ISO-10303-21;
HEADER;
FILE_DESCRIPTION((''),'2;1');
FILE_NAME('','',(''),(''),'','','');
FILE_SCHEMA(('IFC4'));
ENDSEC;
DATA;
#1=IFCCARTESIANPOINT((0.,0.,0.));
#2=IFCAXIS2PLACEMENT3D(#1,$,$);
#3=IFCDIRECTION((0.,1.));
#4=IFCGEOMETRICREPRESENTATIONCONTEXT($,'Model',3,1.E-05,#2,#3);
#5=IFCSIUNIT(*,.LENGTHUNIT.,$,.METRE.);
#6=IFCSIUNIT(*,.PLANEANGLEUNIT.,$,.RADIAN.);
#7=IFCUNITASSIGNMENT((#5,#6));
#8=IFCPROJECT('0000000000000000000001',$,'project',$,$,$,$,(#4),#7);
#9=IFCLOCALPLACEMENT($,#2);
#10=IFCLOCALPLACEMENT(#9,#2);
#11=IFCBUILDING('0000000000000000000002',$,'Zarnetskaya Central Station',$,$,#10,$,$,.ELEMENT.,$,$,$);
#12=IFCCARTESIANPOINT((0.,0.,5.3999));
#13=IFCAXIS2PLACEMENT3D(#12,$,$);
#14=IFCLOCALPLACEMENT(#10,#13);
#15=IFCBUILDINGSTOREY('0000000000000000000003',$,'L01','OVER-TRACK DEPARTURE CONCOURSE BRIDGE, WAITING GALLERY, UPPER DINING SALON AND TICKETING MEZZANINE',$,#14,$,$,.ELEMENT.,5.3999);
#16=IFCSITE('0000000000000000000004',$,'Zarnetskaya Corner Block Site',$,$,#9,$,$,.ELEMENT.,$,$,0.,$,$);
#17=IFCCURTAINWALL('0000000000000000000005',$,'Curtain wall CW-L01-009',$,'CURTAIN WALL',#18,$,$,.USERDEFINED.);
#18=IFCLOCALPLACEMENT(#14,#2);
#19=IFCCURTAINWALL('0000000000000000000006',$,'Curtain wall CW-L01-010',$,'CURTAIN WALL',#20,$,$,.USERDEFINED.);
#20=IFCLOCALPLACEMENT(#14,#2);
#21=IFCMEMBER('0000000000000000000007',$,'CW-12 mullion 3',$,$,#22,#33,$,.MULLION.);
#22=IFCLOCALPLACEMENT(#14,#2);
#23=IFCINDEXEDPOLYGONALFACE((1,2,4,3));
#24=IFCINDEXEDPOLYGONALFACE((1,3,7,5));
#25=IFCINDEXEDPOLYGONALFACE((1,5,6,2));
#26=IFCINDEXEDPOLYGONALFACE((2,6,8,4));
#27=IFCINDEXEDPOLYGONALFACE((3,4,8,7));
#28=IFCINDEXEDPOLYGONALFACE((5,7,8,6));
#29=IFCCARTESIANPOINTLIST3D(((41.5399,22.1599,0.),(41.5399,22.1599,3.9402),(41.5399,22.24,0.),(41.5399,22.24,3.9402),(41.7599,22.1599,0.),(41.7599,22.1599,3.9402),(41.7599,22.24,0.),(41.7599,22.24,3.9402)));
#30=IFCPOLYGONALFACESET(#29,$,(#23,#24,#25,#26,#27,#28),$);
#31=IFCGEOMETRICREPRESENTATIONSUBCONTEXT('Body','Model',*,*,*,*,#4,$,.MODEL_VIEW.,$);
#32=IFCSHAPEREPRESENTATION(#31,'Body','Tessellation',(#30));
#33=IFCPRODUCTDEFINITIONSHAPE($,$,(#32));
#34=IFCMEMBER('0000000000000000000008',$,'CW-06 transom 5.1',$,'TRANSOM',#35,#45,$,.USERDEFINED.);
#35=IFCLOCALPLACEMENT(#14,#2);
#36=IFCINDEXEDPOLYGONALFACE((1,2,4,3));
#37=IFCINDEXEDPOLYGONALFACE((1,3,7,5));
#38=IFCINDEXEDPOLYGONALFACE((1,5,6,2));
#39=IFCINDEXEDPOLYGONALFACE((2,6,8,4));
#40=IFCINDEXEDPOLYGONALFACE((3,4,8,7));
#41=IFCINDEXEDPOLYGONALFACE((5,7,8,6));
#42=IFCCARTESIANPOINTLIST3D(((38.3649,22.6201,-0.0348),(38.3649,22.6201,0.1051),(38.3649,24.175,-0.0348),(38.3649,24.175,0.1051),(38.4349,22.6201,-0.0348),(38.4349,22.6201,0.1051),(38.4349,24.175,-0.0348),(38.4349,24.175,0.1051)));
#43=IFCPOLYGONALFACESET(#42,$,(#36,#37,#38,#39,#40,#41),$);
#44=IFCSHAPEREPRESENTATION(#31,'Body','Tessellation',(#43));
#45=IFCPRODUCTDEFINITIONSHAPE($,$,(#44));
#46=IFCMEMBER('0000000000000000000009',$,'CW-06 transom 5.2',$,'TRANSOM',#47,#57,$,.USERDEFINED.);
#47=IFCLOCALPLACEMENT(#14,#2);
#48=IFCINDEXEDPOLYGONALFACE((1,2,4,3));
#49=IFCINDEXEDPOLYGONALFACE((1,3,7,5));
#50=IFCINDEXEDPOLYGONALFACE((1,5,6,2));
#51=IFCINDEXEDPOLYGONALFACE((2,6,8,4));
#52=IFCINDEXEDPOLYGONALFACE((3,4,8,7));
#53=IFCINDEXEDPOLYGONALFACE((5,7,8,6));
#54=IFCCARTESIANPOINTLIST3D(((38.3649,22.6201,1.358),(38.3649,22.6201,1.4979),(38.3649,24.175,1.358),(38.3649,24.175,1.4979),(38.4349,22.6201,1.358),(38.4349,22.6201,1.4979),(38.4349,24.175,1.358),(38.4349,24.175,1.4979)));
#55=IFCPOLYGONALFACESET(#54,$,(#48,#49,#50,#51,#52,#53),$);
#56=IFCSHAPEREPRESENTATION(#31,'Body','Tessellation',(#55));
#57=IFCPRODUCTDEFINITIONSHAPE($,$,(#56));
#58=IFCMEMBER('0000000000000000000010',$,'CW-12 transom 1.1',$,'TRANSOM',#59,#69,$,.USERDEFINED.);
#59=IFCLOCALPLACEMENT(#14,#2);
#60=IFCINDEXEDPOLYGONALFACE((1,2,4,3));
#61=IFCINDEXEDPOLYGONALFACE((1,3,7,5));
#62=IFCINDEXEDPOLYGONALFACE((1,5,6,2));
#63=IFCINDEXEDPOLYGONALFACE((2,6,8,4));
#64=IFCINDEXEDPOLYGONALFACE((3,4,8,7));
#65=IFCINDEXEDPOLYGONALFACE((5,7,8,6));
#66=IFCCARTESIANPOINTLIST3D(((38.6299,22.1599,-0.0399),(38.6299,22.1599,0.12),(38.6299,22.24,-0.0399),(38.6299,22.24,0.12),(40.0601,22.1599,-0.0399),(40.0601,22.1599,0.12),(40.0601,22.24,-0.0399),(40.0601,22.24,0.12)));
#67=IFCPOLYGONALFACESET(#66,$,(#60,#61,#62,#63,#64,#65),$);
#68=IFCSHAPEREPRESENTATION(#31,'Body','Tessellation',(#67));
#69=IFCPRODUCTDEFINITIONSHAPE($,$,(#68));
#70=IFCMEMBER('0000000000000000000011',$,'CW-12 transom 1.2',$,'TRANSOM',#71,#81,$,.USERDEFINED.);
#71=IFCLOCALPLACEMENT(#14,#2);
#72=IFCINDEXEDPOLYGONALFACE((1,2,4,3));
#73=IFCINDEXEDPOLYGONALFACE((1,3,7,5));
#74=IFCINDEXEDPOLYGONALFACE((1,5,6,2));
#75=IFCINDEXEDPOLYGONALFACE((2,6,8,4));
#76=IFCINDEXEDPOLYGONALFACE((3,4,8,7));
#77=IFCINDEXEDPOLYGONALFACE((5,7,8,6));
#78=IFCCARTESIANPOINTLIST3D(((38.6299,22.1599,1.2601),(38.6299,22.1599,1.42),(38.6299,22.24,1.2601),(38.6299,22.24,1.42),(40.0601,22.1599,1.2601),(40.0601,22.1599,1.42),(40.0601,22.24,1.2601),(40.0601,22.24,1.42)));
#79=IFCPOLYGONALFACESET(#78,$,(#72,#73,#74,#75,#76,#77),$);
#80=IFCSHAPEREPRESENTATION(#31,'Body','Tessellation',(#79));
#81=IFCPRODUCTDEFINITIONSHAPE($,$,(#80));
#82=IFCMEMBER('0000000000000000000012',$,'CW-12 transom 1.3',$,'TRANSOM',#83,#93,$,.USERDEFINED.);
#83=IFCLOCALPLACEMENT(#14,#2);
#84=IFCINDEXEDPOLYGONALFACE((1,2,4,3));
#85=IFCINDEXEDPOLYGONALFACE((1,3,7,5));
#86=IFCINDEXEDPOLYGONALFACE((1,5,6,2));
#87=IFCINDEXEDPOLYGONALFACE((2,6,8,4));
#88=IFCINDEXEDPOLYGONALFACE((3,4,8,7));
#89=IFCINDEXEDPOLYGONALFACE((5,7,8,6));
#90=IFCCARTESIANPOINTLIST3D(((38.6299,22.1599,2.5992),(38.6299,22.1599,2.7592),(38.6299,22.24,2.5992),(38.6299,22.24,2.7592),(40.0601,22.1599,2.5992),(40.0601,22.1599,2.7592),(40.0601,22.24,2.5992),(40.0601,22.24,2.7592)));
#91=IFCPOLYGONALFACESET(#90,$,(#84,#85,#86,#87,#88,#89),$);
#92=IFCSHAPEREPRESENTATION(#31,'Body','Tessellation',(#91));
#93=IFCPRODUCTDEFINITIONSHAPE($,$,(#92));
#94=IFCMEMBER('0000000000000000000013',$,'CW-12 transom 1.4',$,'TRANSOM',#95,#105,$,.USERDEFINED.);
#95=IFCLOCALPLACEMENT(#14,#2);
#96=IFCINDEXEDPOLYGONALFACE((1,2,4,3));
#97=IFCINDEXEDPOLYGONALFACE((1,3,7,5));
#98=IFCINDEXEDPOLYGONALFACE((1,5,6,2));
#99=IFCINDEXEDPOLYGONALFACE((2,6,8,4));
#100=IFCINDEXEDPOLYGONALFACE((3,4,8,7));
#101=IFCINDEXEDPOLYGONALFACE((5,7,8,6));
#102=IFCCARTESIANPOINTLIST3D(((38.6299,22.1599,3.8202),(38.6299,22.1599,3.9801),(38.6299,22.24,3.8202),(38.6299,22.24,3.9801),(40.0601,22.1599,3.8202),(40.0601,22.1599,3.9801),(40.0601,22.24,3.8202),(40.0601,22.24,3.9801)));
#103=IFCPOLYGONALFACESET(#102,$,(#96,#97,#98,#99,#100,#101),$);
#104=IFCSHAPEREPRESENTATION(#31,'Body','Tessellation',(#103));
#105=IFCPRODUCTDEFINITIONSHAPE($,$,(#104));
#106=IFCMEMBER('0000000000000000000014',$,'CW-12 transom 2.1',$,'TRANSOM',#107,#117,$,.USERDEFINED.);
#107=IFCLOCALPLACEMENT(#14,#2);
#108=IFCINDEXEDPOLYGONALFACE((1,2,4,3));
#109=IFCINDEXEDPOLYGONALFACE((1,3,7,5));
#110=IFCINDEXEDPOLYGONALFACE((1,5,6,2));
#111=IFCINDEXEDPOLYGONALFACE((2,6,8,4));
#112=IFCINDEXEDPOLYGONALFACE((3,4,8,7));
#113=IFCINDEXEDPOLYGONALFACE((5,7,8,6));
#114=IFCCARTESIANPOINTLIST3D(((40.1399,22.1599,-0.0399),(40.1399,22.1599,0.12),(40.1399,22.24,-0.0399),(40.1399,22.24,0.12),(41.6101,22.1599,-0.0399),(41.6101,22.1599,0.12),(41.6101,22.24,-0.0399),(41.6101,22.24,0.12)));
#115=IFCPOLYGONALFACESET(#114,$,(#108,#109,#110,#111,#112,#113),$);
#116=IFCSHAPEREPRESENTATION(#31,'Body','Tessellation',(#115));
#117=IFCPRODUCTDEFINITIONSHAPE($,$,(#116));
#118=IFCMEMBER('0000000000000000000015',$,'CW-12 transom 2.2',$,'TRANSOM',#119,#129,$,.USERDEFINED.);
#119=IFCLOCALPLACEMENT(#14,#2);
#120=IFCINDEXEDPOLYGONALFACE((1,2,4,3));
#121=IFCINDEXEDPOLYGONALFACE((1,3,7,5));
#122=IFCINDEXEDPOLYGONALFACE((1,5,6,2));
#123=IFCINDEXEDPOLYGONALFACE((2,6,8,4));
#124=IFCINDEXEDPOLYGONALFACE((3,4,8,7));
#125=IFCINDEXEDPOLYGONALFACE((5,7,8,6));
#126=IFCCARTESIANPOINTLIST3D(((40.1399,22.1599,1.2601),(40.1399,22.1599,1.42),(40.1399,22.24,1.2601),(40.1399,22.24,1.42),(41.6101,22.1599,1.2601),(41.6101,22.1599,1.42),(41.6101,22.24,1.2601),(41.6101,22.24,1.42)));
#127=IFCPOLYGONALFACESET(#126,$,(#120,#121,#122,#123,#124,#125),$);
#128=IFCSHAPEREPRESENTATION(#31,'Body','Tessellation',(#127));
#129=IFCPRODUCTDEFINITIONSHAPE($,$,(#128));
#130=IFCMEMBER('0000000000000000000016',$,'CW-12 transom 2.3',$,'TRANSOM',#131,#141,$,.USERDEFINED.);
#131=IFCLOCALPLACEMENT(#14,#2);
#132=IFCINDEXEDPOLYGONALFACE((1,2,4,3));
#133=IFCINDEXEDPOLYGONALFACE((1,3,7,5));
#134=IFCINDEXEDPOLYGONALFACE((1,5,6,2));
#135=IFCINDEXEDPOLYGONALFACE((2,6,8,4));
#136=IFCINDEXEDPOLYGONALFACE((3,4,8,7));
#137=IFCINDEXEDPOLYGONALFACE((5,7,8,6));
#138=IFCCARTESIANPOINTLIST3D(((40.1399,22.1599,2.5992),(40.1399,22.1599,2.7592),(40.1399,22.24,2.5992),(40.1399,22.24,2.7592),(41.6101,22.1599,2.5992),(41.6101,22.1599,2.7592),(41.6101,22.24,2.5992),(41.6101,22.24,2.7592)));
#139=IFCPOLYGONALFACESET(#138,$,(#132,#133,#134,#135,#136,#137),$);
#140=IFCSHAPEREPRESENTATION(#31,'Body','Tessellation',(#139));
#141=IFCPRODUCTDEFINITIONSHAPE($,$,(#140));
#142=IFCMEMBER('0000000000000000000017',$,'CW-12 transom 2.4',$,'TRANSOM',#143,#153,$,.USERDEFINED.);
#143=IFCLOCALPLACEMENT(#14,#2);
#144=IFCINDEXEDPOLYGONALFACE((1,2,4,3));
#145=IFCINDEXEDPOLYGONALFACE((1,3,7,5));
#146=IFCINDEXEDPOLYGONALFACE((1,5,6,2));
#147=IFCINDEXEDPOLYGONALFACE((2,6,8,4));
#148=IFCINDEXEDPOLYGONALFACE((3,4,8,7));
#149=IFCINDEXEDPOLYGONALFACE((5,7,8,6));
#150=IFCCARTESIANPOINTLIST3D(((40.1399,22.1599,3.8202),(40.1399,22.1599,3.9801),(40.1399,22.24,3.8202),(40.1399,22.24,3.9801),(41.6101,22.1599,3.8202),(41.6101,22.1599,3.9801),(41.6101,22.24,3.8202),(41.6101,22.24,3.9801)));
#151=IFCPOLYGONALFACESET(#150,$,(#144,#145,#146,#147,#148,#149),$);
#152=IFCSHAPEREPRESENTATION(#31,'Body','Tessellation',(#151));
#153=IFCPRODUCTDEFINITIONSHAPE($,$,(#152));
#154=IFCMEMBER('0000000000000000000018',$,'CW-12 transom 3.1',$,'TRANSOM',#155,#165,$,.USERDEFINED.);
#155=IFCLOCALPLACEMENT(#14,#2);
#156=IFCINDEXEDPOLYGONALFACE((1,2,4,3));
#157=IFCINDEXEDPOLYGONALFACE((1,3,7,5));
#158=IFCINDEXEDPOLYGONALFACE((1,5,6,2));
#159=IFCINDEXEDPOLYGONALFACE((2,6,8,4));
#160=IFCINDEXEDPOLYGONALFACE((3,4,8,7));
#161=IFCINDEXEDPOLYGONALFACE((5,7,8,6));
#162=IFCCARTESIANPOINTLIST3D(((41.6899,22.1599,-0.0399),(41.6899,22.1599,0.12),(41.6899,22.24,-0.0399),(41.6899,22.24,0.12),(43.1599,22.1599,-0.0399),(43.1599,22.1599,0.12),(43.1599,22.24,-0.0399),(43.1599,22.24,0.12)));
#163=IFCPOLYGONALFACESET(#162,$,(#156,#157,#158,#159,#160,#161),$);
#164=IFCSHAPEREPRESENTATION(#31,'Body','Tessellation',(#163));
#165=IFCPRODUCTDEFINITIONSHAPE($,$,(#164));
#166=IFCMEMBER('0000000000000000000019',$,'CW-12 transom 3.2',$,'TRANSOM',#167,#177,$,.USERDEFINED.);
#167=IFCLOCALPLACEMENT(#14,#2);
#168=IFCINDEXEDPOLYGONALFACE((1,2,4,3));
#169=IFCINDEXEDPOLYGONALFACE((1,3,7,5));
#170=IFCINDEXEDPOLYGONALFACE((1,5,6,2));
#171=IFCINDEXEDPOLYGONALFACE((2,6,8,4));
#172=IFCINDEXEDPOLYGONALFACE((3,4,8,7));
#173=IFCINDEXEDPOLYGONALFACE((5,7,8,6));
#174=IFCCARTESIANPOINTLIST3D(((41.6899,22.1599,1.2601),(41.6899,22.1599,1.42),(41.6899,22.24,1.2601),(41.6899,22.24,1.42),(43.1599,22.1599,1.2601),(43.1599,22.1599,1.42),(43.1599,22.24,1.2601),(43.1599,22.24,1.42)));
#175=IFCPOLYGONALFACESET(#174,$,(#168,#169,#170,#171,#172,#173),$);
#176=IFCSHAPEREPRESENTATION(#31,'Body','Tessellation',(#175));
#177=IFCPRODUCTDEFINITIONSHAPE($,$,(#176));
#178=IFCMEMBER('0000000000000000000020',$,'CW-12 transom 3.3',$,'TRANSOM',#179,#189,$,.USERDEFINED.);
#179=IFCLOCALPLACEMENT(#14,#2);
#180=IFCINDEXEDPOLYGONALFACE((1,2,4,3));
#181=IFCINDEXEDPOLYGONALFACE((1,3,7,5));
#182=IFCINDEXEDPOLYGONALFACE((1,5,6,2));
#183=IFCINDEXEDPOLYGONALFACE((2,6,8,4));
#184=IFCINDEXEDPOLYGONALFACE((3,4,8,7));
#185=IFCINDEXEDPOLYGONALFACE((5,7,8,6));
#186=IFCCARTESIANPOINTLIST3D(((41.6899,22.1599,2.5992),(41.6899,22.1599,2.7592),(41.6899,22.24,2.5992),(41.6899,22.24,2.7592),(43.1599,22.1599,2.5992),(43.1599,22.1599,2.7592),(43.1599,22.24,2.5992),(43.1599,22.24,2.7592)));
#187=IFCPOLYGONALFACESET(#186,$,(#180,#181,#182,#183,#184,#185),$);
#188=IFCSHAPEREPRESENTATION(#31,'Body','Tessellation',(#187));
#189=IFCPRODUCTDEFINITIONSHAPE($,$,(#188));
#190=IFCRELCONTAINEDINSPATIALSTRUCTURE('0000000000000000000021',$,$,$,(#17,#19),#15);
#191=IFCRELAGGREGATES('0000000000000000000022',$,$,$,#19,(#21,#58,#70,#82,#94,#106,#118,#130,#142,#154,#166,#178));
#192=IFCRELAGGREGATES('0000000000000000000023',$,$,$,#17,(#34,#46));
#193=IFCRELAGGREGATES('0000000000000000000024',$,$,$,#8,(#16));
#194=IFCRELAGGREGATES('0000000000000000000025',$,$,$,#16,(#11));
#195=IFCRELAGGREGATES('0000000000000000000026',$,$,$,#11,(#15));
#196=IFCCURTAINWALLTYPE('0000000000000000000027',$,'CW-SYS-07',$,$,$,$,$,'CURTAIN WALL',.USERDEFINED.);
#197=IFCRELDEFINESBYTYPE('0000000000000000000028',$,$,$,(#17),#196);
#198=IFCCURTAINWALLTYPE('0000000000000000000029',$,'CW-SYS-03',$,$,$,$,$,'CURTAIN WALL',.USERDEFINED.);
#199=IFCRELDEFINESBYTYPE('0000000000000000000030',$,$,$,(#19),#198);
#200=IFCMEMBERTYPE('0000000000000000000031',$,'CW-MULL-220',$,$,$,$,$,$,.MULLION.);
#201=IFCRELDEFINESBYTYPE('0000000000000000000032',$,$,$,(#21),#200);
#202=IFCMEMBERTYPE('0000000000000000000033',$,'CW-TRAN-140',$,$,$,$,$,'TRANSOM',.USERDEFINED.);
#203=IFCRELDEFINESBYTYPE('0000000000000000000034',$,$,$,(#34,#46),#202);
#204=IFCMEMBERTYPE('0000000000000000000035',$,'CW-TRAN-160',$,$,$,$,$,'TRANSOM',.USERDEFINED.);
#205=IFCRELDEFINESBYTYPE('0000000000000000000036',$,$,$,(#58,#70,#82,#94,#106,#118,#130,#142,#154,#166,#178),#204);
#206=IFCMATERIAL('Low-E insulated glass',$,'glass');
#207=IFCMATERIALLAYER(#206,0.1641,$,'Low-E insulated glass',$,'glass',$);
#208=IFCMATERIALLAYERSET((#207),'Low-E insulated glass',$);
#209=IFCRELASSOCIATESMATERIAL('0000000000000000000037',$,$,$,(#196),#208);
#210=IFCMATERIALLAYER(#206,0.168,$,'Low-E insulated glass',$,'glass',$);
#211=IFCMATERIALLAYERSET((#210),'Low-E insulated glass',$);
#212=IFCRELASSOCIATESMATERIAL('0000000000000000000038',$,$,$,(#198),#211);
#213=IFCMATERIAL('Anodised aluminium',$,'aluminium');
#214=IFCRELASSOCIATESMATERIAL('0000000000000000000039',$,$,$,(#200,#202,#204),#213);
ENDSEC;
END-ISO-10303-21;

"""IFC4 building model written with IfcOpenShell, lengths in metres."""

from ifc_helpers import new_model, si_unit, direction, frame, origin, origin_2d, place, context, subcontext, project, spatial, rectangle, extrude, material, layer, layer_set, material_profile, profile_set, type_object, element, aggregate, save


model = new_model("IFC4")

# Units and contexts
model_context = context("Model", 3, precision=1e-05, world=origin(), true_north=direction((0.0, 1.0)))
body_context = subcontext(model_context, "Body", "Model", "MODEL_VIEW")
ifc_project = project(units=[si_unit("LENGTHUNIT", "METRE"), si_unit("PLANEANGLEUNIT", "RADIAN")], contexts=[model_context])

# Site, building, storey
site_placement = place(None, origin())
site = spatial("IfcSite", under=ifc_project, at=site_placement, Name="Zarnetskaya Corner Block Site", CompositionType="ELEMENT", RefElevation=0.0)
building_placement = place(site_placement, origin())
building = spatial("IfcBuilding", under=site, at=building_placement, Name="Zarnetskaya Central Station", CompositionType="ELEMENT")
storey_placement = place(building_placement, frame((0.0, 0.0, 5.3999)))
storey = spatial("IfcBuildingStorey", under=building, at=storey_placement, Name="L01", Description="OVER-TRACK DEPARTURE CONCOURSE BRIDGE, WAITING GALLERY, UPPER DINING SALON AND TICKETING MEZZANINE", CompositionType="ELEMENT", Elevation=5.3999)

# Curtain wall
ifc_material_1 = material(Name="Low-E insulated glass", Category="glass")
ifc_layer_1 = layer(ifc_material_1, 0.1641, Name="Low-E insulated glass", Category="glass")
ifc_layer_set_1 = layer_set([ifc_layer_1], Name="Low-E insulated glass")
curtain_wall_type_1 = type_object("IfcCurtainWallType", Name="CW-SYS-07", ElementType="CURTAIN WALL", PredefinedType="USERDEFINED", material=ifc_layer_set_1)
curtain_wall_1_placement = place(storey_placement, origin())
curtain_wall_1 = element("IfcCurtainWall", 1, at=curtain_wall_1_placement, inside=storey, type_object=curtain_wall_type_1, Name="Curtain wall CW-L01-009", ObjectType="CURTAIN WALL", PredefinedType="USERDEFINED")
ifc_material_2 = material(Name="Anodised aluminium", Category="aluminium")

# Curtain wall, member
ifc_layer_2 = layer(ifc_material_1, 0.168, Name="Low-E insulated glass", Category="glass")
ifc_layer_set_2 = layer_set([ifc_layer_2], Name="Low-E insulated glass")
curtain_wall_type_2 = type_object("IfcCurtainWallType", Name="CW-SYS-03", ElementType="CURTAIN WALL", PredefinedType="USERDEFINED", material=ifc_layer_set_2)
curtain_wall_2_placement = place(storey_placement, origin())
curtain_wall_2 = element("IfcCurtainWall", 2, at=curtain_wall_2_placement, inside=storey, type_object=curtain_wall_type_2, Name="Curtain wall CW-L01-010", ObjectType="CURTAIN WALL", PredefinedType="USERDEFINED")
ifc_material_profile_1 = material_profile(ifc_material_2, rectangle(XDim=0.0801, YDim=0.22, at=origin_2d()), Name="ALU MULL 80x220")
ifc_profile_set_1 = profile_set([ifc_material_profile_1], Name="Anodised aluminium")
member_type_1 = type_object("IfcMemberType", Name="CW-MULL-220", PredefinedType="MULLION", material=ifc_profile_set_1)
member_1_placement = place(storey_placement, frame((41.6499, 22.2, 0.0), z_axis=(0.0, 0.0, 1.0), x_axis=(0.0, 1.0, 0.0)))
member_1 = element("IfcMember", 3, at=member_1_placement, type_object=member_type_1, Name="CW-12 mullion 3", PredefinedType="MULLION", context=body_context, shape_type="SweptSolid", body=[
    extrude(rectangle(XDim=0.0801, YDim=0.22, at=origin_2d()), origin(), (0.0, 0.0, 1.0), 3.9402),
])

# Members
ifc_material_profile_2 = material_profile(ifc_material_2, rectangle(XDim=0.0701, YDim=0.1399, at=origin_2d()), Name="ALU TRAN 70x140")
ifc_profile_set_2 = profile_set([ifc_material_profile_2], Name="Anodised aluminium")
member_type_2 = type_object("IfcMemberType", Name="CW-TRAN-140", ElementType="TRANSOM", PredefinedType="USERDEFINED", material=ifc_profile_set_2)
member_2_placement = place(storey_placement, frame((38.3999, 24.175, 0.0352), z_axis=(0.0, -1.0, 0.0), x_axis=(1.0, 0.0, 0.0)))
member_2 = element("IfcMember", 4, at=member_2_placement, type_object=member_type_2, Name="CW-06 transom 5.1", ObjectType="TRANSOM", PredefinedType="USERDEFINED", context=body_context, shape_type="SweptSolid", body=[
    extrude(rectangle(XDim=0.0701, YDim=0.1399, at=origin_2d()), origin(), (0.0, 0.0, 1.0), 1.5549),
])
member_3_placement = place(storey_placement, frame((38.3999, 24.175, 1.428), z_axis=(0.0, -1.0, 0.0), x_axis=(1.0, 0.0, 0.0)))
member_3 = element("IfcMember", 5, at=member_3_placement, type_object=member_type_2, Name="CW-06 transom 5.2", ObjectType="TRANSOM", PredefinedType="USERDEFINED", context=body_context, shape_type="SweptSolid", body=[
    extrude(rectangle(XDim=0.0701, YDim=0.1399, at=origin_2d()), origin(), (0.0, 0.0, 1.0), 1.5549),
])
ifc_material_profile_3 = material_profile(ifc_material_2, rectangle(XDim=0.0801, YDim=0.1599, at=origin_2d()), Name="ALU TRAN 80x160")
ifc_profile_set_3 = profile_set([ifc_material_profile_3], Name="Anodised aluminium")
member_type_3 = type_object("IfcMemberType", Name="CW-TRAN-160", ElementType="TRANSOM", PredefinedType="USERDEFINED", material=ifc_profile_set_3)
member_4_placement = place(storey_placement, frame((38.6299, 22.2, 0.04), z_axis=(1.0, 0.0, 0.0), x_axis=(0.0, 1.0, 0.0)))
member_4 = element("IfcMember", 6, at=member_4_placement, type_object=member_type_3, Name="CW-12 transom 1.1", ObjectType="TRANSOM", PredefinedType="USERDEFINED", context=body_context, shape_type="SweptSolid", body=[
    extrude(rectangle(XDim=0.0801, YDim=0.1599, at=origin_2d()), origin(), (0.0, 0.0, 1.0), 1.4302),
])
member_5_placement = place(storey_placement, frame((38.6299, 22.2, 1.3401), z_axis=(1.0, 0.0, 0.0), x_axis=(0.0, 1.0, 0.0)))
member_5 = element("IfcMember", 7, at=member_5_placement, type_object=member_type_3, Name="CW-12 transom 1.2", ObjectType="TRANSOM", PredefinedType="USERDEFINED", context=body_context, shape_type="SweptSolid", body=[
    extrude(rectangle(XDim=0.0801, YDim=0.1599, at=origin_2d()), origin(), (0.0, 0.0, 1.0), 1.4302),
])
member_6_placement = place(storey_placement, frame((38.6299, 22.2, 2.6792), z_axis=(1.0, 0.0, 0.0), x_axis=(0.0, 1.0, 0.0)))
member_6 = element("IfcMember", 8, at=member_6_placement, type_object=member_type_3, Name="CW-12 transom 1.3", ObjectType="TRANSOM", PredefinedType="USERDEFINED", context=body_context, shape_type="SweptSolid", body=[
    extrude(rectangle(XDim=0.0801, YDim=0.1599, at=origin_2d()), origin(), (0.0, 0.0, 1.0), 1.4302),
])
member_7_placement = place(storey_placement, frame((38.6299, 22.2, 3.9001), z_axis=(1.0, 0.0, 0.0), x_axis=(0.0, 1.0, 0.0)))
member_7 = element("IfcMember", 9, at=member_7_placement, type_object=member_type_3, Name="CW-12 transom 1.4", ObjectType="TRANSOM", PredefinedType="USERDEFINED", context=body_context, shape_type="SweptSolid", body=[
    extrude(rectangle(XDim=0.0801, YDim=0.1599, at=origin_2d()), origin(), (0.0, 0.0, 1.0), 1.4302),
])
member_8_placement = place(storey_placement, frame((40.1399, 22.2, 0.04), z_axis=(1.0, 0.0, 0.0), x_axis=(0.0, 1.0, 0.0)))
member_8 = element("IfcMember", 10, at=member_8_placement, type_object=member_type_3, Name="CW-12 transom 2.1", ObjectType="TRANSOM", PredefinedType="USERDEFINED", context=body_context, shape_type="SweptSolid", body=[
    extrude(rectangle(XDim=0.0801, YDim=0.1599, at=origin_2d()), origin(), (0.0, 0.0, 1.0), 1.4702),
])
member_9_placement = place(storey_placement, frame((40.1399, 22.2, 1.3401), z_axis=(1.0, 0.0, 0.0), x_axis=(0.0, 1.0, 0.0)))
member_9 = element("IfcMember", 11, at=member_9_placement, type_object=member_type_3, Name="CW-12 transom 2.2", ObjectType="TRANSOM", PredefinedType="USERDEFINED", context=body_context, shape_type="SweptSolid", body=[
    extrude(rectangle(XDim=0.0801, YDim=0.1599, at=origin_2d()), origin(), (0.0, 0.0, 1.0), 1.4702),
])
member_10_placement = place(storey_placement, frame((40.1399, 22.2, 2.6792), z_axis=(1.0, 0.0, 0.0), x_axis=(0.0, 1.0, 0.0)))
member_10 = element("IfcMember", 12, at=member_10_placement, type_object=member_type_3, Name="CW-12 transom 2.3", ObjectType="TRANSOM", PredefinedType="USERDEFINED", context=body_context, shape_type="SweptSolid", body=[
    extrude(rectangle(XDim=0.0801, YDim=0.1599, at=origin_2d()), origin(), (0.0, 0.0, 1.0), 1.4702),
])
member_11_placement = place(storey_placement, frame((40.1399, 22.2, 3.9001), z_axis=(1.0, 0.0, 0.0), x_axis=(0.0, 1.0, 0.0)))
member_11 = element("IfcMember", 13, at=member_11_placement, type_object=member_type_3, Name="CW-12 transom 2.4", ObjectType="TRANSOM", PredefinedType="USERDEFINED", context=body_context, shape_type="SweptSolid", body=[
    extrude(rectangle(XDim=0.0801, YDim=0.1599, at=origin_2d()), origin(), (0.0, 0.0, 1.0), 1.4702),
])
member_12_placement = place(storey_placement, frame((41.6899, 22.2, 0.04), z_axis=(1.0, 0.0, 0.0), x_axis=(0.0, 1.0, 0.0)))
member_12 = element("IfcMember", 14, at=member_12_placement, type_object=member_type_3, Name="CW-12 transom 3.1", ObjectType="TRANSOM", PredefinedType="USERDEFINED", context=body_context, shape_type="SweptSolid", body=[
    extrude(rectangle(XDim=0.0801, YDim=0.1599, at=origin_2d()), origin(), (0.0, 0.0, 1.0), 1.47),
])
member_13_placement = place(storey_placement, frame((41.6899, 22.2, 1.3401), z_axis=(1.0, 0.0, 0.0), x_axis=(0.0, 1.0, 0.0)))
member_13 = element("IfcMember", 15, at=member_13_placement, type_object=member_type_3, Name="CW-12 transom 3.2", ObjectType="TRANSOM", PredefinedType="USERDEFINED", context=body_context, shape_type="SweptSolid", body=[
    extrude(rectangle(XDim=0.0801, YDim=0.1599, at=origin_2d()), origin(), (0.0, 0.0, 1.0), 1.47),
])
member_14_placement = place(storey_placement, frame((41.6899, 22.2, 2.6792), z_axis=(1.0, 0.0, 0.0), x_axis=(0.0, 1.0, 0.0)))
member_14 = element("IfcMember", 16, at=member_14_placement, type_object=member_type_3, Name="CW-12 transom 3.3", ObjectType="TRANSOM", PredefinedType="USERDEFINED", context=body_context, shape_type="SweptSolid", body=[
    extrude(rectangle(XDim=0.0801, YDim=0.1599, at=origin_2d()), origin(), (0.0, 0.0, 1.0), 1.47),
])

aggregate(curtain_wall_2, [member_1, member_4, member_5, member_6, member_7, member_8, member_9, member_10, member_11, member_12, member_13, member_14])
aggregate(curtain_wall_1, [member_2, member_3])

save(model, "model.ifc")
